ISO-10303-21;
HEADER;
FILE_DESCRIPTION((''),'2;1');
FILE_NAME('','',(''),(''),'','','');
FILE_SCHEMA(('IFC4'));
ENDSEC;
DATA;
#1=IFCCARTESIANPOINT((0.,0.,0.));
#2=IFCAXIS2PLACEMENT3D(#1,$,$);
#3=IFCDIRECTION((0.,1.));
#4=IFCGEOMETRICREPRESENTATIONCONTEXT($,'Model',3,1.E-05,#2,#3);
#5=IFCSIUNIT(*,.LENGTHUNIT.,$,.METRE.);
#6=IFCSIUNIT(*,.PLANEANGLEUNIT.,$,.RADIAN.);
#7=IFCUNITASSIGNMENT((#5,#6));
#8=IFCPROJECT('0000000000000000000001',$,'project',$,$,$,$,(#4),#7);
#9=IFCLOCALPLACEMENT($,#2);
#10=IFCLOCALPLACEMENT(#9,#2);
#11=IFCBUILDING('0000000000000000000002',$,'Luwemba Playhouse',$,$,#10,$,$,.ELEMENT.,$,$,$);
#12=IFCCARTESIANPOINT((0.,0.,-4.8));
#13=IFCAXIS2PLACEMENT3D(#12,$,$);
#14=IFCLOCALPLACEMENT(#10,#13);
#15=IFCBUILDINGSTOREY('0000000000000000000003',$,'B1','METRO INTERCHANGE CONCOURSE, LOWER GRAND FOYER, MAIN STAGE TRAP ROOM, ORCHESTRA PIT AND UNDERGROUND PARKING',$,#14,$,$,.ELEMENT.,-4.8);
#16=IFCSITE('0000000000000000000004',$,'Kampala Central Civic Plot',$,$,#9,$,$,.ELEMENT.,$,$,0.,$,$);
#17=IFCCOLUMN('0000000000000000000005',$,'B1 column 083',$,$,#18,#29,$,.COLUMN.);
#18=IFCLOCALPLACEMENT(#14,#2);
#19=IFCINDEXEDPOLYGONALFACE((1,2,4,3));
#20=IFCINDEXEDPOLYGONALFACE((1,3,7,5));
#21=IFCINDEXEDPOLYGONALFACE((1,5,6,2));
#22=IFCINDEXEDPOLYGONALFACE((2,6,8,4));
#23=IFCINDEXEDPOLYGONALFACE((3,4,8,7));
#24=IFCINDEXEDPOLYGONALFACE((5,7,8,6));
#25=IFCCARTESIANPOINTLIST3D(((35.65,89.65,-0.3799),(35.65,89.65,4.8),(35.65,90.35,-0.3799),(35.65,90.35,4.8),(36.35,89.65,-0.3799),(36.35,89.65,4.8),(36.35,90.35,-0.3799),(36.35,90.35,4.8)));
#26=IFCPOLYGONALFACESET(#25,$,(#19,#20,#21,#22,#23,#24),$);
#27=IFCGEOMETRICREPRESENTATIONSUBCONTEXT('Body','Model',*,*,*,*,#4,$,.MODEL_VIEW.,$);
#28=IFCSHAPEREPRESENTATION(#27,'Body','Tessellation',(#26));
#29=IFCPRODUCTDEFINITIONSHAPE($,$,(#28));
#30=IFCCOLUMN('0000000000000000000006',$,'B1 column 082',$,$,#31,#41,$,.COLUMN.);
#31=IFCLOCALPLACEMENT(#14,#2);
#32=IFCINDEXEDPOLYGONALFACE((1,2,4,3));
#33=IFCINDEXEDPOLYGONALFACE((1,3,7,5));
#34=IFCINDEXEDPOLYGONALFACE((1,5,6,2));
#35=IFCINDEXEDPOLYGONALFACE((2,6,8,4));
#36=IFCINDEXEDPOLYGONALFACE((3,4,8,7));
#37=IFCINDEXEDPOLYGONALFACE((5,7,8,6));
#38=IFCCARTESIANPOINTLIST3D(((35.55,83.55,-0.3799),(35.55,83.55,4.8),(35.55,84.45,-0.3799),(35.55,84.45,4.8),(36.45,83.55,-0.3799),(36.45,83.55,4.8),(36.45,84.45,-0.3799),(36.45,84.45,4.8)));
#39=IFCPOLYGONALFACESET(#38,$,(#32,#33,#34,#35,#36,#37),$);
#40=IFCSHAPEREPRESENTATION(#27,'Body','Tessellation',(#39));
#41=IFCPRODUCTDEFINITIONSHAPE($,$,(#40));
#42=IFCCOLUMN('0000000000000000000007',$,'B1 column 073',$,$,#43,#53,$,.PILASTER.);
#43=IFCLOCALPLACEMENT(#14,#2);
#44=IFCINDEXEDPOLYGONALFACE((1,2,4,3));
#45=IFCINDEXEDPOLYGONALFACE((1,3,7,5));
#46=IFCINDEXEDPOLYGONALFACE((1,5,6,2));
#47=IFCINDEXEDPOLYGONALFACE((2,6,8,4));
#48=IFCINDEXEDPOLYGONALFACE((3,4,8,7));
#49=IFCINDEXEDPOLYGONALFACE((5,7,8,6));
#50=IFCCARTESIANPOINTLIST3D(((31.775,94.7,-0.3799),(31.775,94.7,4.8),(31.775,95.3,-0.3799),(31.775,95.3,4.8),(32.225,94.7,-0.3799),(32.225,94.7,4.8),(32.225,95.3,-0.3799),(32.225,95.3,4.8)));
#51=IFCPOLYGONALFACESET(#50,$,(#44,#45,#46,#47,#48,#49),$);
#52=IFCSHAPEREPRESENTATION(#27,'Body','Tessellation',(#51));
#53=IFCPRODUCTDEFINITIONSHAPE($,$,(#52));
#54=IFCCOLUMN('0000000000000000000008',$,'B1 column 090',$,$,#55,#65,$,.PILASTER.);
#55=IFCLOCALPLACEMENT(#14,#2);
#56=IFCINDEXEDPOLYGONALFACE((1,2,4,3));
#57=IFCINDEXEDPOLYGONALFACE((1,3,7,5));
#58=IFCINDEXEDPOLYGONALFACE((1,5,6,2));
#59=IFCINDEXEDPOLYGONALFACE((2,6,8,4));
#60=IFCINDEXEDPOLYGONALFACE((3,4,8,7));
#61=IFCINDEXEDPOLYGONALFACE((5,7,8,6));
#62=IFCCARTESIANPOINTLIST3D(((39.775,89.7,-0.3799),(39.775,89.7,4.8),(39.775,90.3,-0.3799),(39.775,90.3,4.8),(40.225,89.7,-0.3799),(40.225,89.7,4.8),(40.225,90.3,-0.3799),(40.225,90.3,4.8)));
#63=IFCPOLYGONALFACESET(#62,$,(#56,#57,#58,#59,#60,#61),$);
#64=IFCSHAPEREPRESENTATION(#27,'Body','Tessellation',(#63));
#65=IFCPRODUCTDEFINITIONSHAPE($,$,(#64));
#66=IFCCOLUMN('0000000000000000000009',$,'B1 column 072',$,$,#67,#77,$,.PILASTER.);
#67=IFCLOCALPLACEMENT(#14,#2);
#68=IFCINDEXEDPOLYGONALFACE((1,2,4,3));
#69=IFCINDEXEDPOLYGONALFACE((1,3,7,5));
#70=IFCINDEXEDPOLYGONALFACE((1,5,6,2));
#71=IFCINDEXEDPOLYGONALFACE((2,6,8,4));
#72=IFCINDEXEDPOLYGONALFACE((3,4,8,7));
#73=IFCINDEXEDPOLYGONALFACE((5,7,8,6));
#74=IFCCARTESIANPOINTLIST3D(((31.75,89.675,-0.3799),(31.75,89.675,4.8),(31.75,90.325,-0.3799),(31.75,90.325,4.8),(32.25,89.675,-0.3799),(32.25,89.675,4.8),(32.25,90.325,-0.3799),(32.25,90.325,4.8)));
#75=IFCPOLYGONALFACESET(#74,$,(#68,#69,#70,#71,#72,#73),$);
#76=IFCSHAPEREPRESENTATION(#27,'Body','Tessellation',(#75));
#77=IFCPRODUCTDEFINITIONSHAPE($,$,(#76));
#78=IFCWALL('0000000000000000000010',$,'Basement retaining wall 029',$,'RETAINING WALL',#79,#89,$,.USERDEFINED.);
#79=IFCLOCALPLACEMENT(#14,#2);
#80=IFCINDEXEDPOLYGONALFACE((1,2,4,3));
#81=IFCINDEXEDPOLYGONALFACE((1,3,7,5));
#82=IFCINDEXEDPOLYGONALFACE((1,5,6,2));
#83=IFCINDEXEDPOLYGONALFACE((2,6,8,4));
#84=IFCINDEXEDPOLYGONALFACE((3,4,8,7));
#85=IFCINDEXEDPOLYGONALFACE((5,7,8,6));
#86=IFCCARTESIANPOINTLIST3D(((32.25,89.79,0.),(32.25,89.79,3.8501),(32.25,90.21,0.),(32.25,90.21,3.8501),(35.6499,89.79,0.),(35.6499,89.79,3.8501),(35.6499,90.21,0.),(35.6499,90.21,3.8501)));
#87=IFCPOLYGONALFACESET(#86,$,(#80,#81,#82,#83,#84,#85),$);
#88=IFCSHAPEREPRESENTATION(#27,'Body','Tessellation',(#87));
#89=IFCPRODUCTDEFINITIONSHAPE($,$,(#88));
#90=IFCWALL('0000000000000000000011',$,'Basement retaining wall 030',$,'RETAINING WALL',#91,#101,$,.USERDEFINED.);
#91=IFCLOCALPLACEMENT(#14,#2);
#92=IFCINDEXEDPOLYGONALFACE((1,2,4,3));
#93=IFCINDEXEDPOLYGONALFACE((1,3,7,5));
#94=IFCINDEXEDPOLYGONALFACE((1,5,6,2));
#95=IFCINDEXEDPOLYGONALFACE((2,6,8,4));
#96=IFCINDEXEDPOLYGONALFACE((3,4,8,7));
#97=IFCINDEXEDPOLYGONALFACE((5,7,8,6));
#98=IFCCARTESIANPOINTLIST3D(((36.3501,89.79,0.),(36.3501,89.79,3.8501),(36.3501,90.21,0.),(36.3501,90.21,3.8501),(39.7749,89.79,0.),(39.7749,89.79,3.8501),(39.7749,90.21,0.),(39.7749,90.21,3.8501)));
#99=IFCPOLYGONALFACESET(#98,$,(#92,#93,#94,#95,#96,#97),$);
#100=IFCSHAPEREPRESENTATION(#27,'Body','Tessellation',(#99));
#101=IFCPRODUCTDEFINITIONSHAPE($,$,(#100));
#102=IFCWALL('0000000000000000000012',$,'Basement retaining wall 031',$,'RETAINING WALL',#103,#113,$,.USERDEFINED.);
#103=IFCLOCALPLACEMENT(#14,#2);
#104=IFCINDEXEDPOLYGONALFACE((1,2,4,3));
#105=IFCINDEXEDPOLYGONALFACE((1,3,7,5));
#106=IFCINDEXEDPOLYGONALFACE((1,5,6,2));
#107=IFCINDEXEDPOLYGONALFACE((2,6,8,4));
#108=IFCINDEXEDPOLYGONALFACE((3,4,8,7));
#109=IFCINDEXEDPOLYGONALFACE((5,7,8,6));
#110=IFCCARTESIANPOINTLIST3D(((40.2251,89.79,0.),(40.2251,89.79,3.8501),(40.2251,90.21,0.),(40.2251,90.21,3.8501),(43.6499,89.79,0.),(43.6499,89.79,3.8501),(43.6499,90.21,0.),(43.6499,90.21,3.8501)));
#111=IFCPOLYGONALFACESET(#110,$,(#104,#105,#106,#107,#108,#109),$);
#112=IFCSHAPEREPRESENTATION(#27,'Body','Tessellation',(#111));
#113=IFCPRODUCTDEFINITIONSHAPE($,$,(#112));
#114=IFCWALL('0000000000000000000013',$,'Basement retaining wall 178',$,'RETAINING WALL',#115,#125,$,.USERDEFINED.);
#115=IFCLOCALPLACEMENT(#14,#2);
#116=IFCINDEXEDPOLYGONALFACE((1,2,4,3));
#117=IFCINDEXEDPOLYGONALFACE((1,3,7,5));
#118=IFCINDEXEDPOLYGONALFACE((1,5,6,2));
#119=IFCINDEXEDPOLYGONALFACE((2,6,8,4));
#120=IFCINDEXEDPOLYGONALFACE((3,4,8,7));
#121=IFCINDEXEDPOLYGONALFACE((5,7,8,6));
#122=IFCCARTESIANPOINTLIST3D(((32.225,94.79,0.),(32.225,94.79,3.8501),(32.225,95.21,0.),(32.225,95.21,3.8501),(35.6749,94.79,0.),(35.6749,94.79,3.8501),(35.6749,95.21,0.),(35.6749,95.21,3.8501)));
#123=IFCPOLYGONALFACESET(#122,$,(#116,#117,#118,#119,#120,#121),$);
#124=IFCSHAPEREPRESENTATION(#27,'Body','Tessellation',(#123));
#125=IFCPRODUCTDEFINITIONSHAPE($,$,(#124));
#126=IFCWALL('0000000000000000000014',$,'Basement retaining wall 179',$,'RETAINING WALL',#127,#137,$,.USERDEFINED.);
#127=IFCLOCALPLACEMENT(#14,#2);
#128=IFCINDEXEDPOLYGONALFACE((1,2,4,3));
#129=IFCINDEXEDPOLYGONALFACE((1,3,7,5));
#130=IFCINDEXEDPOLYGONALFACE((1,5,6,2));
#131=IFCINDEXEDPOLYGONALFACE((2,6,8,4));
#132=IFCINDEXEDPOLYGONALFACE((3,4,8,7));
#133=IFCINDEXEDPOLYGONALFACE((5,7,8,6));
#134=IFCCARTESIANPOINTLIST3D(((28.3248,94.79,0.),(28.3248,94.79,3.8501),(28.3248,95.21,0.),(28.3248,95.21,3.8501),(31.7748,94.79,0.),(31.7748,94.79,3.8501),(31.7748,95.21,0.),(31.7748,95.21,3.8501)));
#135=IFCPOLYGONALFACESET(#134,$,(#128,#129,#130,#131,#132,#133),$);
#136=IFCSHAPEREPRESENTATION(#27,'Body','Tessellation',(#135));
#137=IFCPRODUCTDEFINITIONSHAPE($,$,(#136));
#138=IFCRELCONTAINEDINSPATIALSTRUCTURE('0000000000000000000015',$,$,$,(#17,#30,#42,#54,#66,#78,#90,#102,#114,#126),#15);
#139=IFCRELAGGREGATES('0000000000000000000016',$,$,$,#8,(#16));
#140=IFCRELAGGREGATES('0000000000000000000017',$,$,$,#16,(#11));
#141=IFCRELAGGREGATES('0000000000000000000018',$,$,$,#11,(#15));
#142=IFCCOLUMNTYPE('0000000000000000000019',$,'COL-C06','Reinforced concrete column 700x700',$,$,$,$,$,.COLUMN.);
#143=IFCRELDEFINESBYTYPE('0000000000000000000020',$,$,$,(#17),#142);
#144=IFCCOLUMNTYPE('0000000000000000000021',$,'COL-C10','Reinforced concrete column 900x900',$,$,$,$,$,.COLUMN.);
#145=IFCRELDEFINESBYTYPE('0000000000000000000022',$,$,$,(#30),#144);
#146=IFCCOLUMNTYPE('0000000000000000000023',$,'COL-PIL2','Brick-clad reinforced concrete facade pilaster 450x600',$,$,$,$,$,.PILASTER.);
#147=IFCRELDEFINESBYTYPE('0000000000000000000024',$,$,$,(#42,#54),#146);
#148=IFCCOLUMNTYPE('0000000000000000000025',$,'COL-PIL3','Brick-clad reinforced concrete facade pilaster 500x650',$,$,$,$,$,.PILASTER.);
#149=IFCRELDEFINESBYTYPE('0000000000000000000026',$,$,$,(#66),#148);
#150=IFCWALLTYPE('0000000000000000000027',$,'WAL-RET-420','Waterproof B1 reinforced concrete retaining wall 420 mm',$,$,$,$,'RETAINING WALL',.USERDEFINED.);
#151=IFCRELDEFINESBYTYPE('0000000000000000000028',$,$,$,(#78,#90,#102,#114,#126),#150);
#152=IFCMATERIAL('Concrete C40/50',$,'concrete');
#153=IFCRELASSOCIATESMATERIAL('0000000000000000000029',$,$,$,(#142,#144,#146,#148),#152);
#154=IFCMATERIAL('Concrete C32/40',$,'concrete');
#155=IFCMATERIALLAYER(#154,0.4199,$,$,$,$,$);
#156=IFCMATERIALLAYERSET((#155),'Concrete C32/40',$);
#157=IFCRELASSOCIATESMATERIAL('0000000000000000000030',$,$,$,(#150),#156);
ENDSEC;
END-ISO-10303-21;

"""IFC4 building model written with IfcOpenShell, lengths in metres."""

from ifc_helpers import new_model, si_unit, direction, frame, frame_2d, origin, origin_2d, place, context, subcontext, project, spatial, rectangle, extrude, material, layer, layer_set, material_profile, profile_set, type_object, element, save


model = new_model("IFC4")

# Units and contexts
model_context = context("Model", 3, precision=1e-05, world=origin(), true_north=direction((0.0, 1.0)))
body_context = subcontext(model_context, "Body", "Model", "MODEL_VIEW")
ifc_project = project(units=[si_unit("LENGTHUNIT", "METRE"), si_unit("PLANEANGLEUNIT", "RADIAN")], contexts=[model_context])

# Site, building, storey
site_placement = place(None, origin())
site = spatial("IfcSite", under=ifc_project, at=site_placement, Name="Kampala Central Civic Plot", CompositionType="ELEMENT", RefElevation=0.0)
building_placement = place(site_placement, origin())
building = spatial("IfcBuilding", under=site, at=building_placement, Name="Luwemba Playhouse", CompositionType="ELEMENT")
storey_placement = place(building_placement, frame((0.0, 0.0, -4.8)))
storey = spatial("IfcBuildingStorey", under=building, at=storey_placement, Name="B1", Description="METRO INTERCHANGE CONCOURSE, LOWER GRAND FOYER, MAIN STAGE TRAP ROOM, ORCHESTRA PIT AND UNDERGROUND PARKING", CompositionType="ELEMENT", Elevation=-4.8)

# Shared definitions
ifc_material_1 = material(Name="Concrete C32/40", Category="concrete")

# Columns
ifc_material_2 = material(Name="Concrete C40/50", Category="concrete")
ifc_material_profile_1 = material_profile(ifc_material_2, rectangle(XDim=0.7, YDim=0.7, at=origin_2d()))
ifc_profile_set_1 = profile_set([ifc_material_profile_1], Name="Concrete C40/50")
column_type_1 = type_object("IfcColumnType", Name="COL-C06", Description="Reinforced concrete column 700x700", PredefinedType="COLUMN", material=ifc_profile_set_1)
column_1_placement = place(storey_placement, frame((36.0, 90.0, -0.3799), z_axis=(0.0, 0.0, 1.0), x_axis=(1.0, 0.0, 0.0)))
element("IfcColumn", 1, at=column_1_placement, inside=storey, type_object=column_type_1, Name="B1 column 083", PredefinedType="COLUMN", context=body_context, shape_type="SweptSolid", body=[
    extrude(rectangle(XDim=0.7, YDim=0.7, at=origin_2d()), origin(), (0.0, 0.0, 1.0), 5.1799),
])
ifc_material_profile_2 = material_profile(ifc_material_2, rectangle(XDim=0.8999, YDim=0.8999, at=origin_2d()))
ifc_profile_set_2 = profile_set([ifc_material_profile_2], Name="Concrete C40/50")
column_type_2 = type_object("IfcColumnType", Name="COL-C10", Description="Reinforced concrete column 900x900", PredefinedType="COLUMN", material=ifc_profile_set_2)
column_2_placement = place(storey_placement, frame((36.0, 84.0, -0.3799), z_axis=(0.0, 0.0, 1.0), x_axis=(1.0, 0.0, 0.0)))
element("IfcColumn", 2, at=column_2_placement, inside=storey, type_object=column_type_2, Name="B1 column 082", PredefinedType="COLUMN", context=body_context, shape_type="SweptSolid", body=[
    extrude(rectangle(XDim=0.8999, YDim=0.8999, at=origin_2d()), origin(), (0.0, 0.0, 1.0), 5.1799),
])
ifc_material_profile_3 = material_profile(ifc_material_2, rectangle(XDim=0.45, YDim=0.6001, at=origin_2d()))
ifc_profile_set_3 = profile_set([ifc_material_profile_3], Name="Concrete C40/50")
column_type_3 = type_object("IfcColumnType", Name="COL-PIL2", Description="Brick-clad reinforced concrete facade pilaster 450x600", PredefinedType="PILASTER", material=ifc_profile_set_3)
for number, where, z_axis, x_axis, name in (
    (3, (32.0, 95.0, -0.3799), (0.0, 0.0, 1.0), (1.0, 0.0, 0.0), "B1 column 073"),
    (4, (40.0, 90.0, -0.3799), (0.0, 0.0, 1.0), (1.0, 0.0, 0.0), "B1 column 090"),
):
    element("IfcColumn", number, at=place(storey_placement, frame(where, z_axis=z_axis, x_axis=x_axis)), inside=storey, type_object=column_type_3, Name=name, PredefinedType="PILASTER", context=body_context, shape_type="SweptSolid", body=[
        extrude(rectangle(XDim=0.45, YDim=0.6001, at=origin_2d()), origin(), (0.0, 0.0, 1.0), 5.1799),
    ])
ifc_material_profile_4 = material_profile(ifc_material_2, rectangle(XDim=0.5, YDim=0.6499, at=origin_2d()))
ifc_profile_set_4 = profile_set([ifc_material_profile_4], Name="Concrete C40/50")
column_type_4 = type_object("IfcColumnType", Name="COL-PIL3", Description="Brick-clad reinforced concrete facade pilaster 500x650", PredefinedType="PILASTER", material=ifc_profile_set_4)
column_3_placement = place(storey_placement, frame((32.0, 90.0, -0.3799), z_axis=(0.0, 0.0, 1.0), x_axis=(1.0, 0.0, 0.0)))
element("IfcColumn", 5, at=column_3_placement, inside=storey, type_object=column_type_4, Name="B1 column 072", PredefinedType="PILASTER", context=body_context, shape_type="SweptSolid", body=[
    extrude(rectangle(XDim=0.5, YDim=0.6499, at=origin_2d()), origin(), (0.0, 0.0, 1.0), 5.1799),
])

# Walls
ifc_layer = layer(ifc_material_1, 0.4199)
ifc_layer_set = layer_set([ifc_layer], Name="Concrete C32/40")
wall_type = type_object("IfcWallType", Name="WAL-RET-420", Description="Waterproof B1 reinforced concrete retaining wall 420 mm", ElementType="RETAINING WALL", PredefinedType="USERDEFINED", material=ifc_layer_set)
wall_placement = place(storey_placement, frame((32.25, 90.0, 0.0), z_axis=(0.0, 0.0, 1.0), x_axis=(1.0, 0.0, 0.0)))
element("IfcWall", 6, at=wall_placement, inside=storey, type_object=wall_type, Name="Basement retaining wall 029", ObjectType="RETAINING WALL", PredefinedType="USERDEFINED", context=body_context, shape_type="SweptSolid", body=[
    extrude(rectangle(XDim=3.3999, YDim=0.4199, at=frame_2d((1.7, 0.0))), origin(), (0.0, 0.0, 1.0), 3.8501),
])
for number, where, z_axis, x_axis, name in (
    (7, (36.3501, 90.0, 0.0), (0.0, 0.0, 1.0), (1.0, 0.0, 0.0), "Basement retaining wall 030"),
    (8, (40.2251, 90.0, 0.0), (0.0, 0.0, 1.0), (1.0, 0.0, 0.0), "Basement retaining wall 031"),
):
    element("IfcWall", number, at=place(storey_placement, frame(where, z_axis=z_axis, x_axis=x_axis)), inside=storey, type_object=wall_type, Name=name, ObjectType="RETAINING WALL", PredefinedType="USERDEFINED", context=body_context, shape_type="SweptSolid", body=[
        extrude(rectangle(XDim=3.4248, YDim=0.4199, at=frame_2d((1.7124, 0.0))), origin(), (0.0, 0.0, 1.0), 3.8501),
    ])
for number, where, z_axis, x_axis, name in (
    (9, (35.675, 95.0, 0.0), (0.0, 0.0, 1.0), (-1.0, 0.0, 0.0), "Basement retaining wall 178"),
    (10, (31.7749, 95.0, 0.0), (0.0, 0.0, 1.0), (-1.0, 0.0, 0.0), "Basement retaining wall 179"),
):
    element("IfcWall", number, at=place(storey_placement, frame(where, z_axis=z_axis, x_axis=x_axis)), inside=storey, type_object=wall_type, Name=name, ObjectType="RETAINING WALL", PredefinedType="USERDEFINED", context=body_context, shape_type="SweptSolid", body=[
        extrude(rectangle(XDim=3.45, YDim=0.4199, at=frame_2d((1.7251, 0.0))), origin(), (0.0, 0.0, 1.0), 3.8501),
    ])

save(model, "model.ifc")
